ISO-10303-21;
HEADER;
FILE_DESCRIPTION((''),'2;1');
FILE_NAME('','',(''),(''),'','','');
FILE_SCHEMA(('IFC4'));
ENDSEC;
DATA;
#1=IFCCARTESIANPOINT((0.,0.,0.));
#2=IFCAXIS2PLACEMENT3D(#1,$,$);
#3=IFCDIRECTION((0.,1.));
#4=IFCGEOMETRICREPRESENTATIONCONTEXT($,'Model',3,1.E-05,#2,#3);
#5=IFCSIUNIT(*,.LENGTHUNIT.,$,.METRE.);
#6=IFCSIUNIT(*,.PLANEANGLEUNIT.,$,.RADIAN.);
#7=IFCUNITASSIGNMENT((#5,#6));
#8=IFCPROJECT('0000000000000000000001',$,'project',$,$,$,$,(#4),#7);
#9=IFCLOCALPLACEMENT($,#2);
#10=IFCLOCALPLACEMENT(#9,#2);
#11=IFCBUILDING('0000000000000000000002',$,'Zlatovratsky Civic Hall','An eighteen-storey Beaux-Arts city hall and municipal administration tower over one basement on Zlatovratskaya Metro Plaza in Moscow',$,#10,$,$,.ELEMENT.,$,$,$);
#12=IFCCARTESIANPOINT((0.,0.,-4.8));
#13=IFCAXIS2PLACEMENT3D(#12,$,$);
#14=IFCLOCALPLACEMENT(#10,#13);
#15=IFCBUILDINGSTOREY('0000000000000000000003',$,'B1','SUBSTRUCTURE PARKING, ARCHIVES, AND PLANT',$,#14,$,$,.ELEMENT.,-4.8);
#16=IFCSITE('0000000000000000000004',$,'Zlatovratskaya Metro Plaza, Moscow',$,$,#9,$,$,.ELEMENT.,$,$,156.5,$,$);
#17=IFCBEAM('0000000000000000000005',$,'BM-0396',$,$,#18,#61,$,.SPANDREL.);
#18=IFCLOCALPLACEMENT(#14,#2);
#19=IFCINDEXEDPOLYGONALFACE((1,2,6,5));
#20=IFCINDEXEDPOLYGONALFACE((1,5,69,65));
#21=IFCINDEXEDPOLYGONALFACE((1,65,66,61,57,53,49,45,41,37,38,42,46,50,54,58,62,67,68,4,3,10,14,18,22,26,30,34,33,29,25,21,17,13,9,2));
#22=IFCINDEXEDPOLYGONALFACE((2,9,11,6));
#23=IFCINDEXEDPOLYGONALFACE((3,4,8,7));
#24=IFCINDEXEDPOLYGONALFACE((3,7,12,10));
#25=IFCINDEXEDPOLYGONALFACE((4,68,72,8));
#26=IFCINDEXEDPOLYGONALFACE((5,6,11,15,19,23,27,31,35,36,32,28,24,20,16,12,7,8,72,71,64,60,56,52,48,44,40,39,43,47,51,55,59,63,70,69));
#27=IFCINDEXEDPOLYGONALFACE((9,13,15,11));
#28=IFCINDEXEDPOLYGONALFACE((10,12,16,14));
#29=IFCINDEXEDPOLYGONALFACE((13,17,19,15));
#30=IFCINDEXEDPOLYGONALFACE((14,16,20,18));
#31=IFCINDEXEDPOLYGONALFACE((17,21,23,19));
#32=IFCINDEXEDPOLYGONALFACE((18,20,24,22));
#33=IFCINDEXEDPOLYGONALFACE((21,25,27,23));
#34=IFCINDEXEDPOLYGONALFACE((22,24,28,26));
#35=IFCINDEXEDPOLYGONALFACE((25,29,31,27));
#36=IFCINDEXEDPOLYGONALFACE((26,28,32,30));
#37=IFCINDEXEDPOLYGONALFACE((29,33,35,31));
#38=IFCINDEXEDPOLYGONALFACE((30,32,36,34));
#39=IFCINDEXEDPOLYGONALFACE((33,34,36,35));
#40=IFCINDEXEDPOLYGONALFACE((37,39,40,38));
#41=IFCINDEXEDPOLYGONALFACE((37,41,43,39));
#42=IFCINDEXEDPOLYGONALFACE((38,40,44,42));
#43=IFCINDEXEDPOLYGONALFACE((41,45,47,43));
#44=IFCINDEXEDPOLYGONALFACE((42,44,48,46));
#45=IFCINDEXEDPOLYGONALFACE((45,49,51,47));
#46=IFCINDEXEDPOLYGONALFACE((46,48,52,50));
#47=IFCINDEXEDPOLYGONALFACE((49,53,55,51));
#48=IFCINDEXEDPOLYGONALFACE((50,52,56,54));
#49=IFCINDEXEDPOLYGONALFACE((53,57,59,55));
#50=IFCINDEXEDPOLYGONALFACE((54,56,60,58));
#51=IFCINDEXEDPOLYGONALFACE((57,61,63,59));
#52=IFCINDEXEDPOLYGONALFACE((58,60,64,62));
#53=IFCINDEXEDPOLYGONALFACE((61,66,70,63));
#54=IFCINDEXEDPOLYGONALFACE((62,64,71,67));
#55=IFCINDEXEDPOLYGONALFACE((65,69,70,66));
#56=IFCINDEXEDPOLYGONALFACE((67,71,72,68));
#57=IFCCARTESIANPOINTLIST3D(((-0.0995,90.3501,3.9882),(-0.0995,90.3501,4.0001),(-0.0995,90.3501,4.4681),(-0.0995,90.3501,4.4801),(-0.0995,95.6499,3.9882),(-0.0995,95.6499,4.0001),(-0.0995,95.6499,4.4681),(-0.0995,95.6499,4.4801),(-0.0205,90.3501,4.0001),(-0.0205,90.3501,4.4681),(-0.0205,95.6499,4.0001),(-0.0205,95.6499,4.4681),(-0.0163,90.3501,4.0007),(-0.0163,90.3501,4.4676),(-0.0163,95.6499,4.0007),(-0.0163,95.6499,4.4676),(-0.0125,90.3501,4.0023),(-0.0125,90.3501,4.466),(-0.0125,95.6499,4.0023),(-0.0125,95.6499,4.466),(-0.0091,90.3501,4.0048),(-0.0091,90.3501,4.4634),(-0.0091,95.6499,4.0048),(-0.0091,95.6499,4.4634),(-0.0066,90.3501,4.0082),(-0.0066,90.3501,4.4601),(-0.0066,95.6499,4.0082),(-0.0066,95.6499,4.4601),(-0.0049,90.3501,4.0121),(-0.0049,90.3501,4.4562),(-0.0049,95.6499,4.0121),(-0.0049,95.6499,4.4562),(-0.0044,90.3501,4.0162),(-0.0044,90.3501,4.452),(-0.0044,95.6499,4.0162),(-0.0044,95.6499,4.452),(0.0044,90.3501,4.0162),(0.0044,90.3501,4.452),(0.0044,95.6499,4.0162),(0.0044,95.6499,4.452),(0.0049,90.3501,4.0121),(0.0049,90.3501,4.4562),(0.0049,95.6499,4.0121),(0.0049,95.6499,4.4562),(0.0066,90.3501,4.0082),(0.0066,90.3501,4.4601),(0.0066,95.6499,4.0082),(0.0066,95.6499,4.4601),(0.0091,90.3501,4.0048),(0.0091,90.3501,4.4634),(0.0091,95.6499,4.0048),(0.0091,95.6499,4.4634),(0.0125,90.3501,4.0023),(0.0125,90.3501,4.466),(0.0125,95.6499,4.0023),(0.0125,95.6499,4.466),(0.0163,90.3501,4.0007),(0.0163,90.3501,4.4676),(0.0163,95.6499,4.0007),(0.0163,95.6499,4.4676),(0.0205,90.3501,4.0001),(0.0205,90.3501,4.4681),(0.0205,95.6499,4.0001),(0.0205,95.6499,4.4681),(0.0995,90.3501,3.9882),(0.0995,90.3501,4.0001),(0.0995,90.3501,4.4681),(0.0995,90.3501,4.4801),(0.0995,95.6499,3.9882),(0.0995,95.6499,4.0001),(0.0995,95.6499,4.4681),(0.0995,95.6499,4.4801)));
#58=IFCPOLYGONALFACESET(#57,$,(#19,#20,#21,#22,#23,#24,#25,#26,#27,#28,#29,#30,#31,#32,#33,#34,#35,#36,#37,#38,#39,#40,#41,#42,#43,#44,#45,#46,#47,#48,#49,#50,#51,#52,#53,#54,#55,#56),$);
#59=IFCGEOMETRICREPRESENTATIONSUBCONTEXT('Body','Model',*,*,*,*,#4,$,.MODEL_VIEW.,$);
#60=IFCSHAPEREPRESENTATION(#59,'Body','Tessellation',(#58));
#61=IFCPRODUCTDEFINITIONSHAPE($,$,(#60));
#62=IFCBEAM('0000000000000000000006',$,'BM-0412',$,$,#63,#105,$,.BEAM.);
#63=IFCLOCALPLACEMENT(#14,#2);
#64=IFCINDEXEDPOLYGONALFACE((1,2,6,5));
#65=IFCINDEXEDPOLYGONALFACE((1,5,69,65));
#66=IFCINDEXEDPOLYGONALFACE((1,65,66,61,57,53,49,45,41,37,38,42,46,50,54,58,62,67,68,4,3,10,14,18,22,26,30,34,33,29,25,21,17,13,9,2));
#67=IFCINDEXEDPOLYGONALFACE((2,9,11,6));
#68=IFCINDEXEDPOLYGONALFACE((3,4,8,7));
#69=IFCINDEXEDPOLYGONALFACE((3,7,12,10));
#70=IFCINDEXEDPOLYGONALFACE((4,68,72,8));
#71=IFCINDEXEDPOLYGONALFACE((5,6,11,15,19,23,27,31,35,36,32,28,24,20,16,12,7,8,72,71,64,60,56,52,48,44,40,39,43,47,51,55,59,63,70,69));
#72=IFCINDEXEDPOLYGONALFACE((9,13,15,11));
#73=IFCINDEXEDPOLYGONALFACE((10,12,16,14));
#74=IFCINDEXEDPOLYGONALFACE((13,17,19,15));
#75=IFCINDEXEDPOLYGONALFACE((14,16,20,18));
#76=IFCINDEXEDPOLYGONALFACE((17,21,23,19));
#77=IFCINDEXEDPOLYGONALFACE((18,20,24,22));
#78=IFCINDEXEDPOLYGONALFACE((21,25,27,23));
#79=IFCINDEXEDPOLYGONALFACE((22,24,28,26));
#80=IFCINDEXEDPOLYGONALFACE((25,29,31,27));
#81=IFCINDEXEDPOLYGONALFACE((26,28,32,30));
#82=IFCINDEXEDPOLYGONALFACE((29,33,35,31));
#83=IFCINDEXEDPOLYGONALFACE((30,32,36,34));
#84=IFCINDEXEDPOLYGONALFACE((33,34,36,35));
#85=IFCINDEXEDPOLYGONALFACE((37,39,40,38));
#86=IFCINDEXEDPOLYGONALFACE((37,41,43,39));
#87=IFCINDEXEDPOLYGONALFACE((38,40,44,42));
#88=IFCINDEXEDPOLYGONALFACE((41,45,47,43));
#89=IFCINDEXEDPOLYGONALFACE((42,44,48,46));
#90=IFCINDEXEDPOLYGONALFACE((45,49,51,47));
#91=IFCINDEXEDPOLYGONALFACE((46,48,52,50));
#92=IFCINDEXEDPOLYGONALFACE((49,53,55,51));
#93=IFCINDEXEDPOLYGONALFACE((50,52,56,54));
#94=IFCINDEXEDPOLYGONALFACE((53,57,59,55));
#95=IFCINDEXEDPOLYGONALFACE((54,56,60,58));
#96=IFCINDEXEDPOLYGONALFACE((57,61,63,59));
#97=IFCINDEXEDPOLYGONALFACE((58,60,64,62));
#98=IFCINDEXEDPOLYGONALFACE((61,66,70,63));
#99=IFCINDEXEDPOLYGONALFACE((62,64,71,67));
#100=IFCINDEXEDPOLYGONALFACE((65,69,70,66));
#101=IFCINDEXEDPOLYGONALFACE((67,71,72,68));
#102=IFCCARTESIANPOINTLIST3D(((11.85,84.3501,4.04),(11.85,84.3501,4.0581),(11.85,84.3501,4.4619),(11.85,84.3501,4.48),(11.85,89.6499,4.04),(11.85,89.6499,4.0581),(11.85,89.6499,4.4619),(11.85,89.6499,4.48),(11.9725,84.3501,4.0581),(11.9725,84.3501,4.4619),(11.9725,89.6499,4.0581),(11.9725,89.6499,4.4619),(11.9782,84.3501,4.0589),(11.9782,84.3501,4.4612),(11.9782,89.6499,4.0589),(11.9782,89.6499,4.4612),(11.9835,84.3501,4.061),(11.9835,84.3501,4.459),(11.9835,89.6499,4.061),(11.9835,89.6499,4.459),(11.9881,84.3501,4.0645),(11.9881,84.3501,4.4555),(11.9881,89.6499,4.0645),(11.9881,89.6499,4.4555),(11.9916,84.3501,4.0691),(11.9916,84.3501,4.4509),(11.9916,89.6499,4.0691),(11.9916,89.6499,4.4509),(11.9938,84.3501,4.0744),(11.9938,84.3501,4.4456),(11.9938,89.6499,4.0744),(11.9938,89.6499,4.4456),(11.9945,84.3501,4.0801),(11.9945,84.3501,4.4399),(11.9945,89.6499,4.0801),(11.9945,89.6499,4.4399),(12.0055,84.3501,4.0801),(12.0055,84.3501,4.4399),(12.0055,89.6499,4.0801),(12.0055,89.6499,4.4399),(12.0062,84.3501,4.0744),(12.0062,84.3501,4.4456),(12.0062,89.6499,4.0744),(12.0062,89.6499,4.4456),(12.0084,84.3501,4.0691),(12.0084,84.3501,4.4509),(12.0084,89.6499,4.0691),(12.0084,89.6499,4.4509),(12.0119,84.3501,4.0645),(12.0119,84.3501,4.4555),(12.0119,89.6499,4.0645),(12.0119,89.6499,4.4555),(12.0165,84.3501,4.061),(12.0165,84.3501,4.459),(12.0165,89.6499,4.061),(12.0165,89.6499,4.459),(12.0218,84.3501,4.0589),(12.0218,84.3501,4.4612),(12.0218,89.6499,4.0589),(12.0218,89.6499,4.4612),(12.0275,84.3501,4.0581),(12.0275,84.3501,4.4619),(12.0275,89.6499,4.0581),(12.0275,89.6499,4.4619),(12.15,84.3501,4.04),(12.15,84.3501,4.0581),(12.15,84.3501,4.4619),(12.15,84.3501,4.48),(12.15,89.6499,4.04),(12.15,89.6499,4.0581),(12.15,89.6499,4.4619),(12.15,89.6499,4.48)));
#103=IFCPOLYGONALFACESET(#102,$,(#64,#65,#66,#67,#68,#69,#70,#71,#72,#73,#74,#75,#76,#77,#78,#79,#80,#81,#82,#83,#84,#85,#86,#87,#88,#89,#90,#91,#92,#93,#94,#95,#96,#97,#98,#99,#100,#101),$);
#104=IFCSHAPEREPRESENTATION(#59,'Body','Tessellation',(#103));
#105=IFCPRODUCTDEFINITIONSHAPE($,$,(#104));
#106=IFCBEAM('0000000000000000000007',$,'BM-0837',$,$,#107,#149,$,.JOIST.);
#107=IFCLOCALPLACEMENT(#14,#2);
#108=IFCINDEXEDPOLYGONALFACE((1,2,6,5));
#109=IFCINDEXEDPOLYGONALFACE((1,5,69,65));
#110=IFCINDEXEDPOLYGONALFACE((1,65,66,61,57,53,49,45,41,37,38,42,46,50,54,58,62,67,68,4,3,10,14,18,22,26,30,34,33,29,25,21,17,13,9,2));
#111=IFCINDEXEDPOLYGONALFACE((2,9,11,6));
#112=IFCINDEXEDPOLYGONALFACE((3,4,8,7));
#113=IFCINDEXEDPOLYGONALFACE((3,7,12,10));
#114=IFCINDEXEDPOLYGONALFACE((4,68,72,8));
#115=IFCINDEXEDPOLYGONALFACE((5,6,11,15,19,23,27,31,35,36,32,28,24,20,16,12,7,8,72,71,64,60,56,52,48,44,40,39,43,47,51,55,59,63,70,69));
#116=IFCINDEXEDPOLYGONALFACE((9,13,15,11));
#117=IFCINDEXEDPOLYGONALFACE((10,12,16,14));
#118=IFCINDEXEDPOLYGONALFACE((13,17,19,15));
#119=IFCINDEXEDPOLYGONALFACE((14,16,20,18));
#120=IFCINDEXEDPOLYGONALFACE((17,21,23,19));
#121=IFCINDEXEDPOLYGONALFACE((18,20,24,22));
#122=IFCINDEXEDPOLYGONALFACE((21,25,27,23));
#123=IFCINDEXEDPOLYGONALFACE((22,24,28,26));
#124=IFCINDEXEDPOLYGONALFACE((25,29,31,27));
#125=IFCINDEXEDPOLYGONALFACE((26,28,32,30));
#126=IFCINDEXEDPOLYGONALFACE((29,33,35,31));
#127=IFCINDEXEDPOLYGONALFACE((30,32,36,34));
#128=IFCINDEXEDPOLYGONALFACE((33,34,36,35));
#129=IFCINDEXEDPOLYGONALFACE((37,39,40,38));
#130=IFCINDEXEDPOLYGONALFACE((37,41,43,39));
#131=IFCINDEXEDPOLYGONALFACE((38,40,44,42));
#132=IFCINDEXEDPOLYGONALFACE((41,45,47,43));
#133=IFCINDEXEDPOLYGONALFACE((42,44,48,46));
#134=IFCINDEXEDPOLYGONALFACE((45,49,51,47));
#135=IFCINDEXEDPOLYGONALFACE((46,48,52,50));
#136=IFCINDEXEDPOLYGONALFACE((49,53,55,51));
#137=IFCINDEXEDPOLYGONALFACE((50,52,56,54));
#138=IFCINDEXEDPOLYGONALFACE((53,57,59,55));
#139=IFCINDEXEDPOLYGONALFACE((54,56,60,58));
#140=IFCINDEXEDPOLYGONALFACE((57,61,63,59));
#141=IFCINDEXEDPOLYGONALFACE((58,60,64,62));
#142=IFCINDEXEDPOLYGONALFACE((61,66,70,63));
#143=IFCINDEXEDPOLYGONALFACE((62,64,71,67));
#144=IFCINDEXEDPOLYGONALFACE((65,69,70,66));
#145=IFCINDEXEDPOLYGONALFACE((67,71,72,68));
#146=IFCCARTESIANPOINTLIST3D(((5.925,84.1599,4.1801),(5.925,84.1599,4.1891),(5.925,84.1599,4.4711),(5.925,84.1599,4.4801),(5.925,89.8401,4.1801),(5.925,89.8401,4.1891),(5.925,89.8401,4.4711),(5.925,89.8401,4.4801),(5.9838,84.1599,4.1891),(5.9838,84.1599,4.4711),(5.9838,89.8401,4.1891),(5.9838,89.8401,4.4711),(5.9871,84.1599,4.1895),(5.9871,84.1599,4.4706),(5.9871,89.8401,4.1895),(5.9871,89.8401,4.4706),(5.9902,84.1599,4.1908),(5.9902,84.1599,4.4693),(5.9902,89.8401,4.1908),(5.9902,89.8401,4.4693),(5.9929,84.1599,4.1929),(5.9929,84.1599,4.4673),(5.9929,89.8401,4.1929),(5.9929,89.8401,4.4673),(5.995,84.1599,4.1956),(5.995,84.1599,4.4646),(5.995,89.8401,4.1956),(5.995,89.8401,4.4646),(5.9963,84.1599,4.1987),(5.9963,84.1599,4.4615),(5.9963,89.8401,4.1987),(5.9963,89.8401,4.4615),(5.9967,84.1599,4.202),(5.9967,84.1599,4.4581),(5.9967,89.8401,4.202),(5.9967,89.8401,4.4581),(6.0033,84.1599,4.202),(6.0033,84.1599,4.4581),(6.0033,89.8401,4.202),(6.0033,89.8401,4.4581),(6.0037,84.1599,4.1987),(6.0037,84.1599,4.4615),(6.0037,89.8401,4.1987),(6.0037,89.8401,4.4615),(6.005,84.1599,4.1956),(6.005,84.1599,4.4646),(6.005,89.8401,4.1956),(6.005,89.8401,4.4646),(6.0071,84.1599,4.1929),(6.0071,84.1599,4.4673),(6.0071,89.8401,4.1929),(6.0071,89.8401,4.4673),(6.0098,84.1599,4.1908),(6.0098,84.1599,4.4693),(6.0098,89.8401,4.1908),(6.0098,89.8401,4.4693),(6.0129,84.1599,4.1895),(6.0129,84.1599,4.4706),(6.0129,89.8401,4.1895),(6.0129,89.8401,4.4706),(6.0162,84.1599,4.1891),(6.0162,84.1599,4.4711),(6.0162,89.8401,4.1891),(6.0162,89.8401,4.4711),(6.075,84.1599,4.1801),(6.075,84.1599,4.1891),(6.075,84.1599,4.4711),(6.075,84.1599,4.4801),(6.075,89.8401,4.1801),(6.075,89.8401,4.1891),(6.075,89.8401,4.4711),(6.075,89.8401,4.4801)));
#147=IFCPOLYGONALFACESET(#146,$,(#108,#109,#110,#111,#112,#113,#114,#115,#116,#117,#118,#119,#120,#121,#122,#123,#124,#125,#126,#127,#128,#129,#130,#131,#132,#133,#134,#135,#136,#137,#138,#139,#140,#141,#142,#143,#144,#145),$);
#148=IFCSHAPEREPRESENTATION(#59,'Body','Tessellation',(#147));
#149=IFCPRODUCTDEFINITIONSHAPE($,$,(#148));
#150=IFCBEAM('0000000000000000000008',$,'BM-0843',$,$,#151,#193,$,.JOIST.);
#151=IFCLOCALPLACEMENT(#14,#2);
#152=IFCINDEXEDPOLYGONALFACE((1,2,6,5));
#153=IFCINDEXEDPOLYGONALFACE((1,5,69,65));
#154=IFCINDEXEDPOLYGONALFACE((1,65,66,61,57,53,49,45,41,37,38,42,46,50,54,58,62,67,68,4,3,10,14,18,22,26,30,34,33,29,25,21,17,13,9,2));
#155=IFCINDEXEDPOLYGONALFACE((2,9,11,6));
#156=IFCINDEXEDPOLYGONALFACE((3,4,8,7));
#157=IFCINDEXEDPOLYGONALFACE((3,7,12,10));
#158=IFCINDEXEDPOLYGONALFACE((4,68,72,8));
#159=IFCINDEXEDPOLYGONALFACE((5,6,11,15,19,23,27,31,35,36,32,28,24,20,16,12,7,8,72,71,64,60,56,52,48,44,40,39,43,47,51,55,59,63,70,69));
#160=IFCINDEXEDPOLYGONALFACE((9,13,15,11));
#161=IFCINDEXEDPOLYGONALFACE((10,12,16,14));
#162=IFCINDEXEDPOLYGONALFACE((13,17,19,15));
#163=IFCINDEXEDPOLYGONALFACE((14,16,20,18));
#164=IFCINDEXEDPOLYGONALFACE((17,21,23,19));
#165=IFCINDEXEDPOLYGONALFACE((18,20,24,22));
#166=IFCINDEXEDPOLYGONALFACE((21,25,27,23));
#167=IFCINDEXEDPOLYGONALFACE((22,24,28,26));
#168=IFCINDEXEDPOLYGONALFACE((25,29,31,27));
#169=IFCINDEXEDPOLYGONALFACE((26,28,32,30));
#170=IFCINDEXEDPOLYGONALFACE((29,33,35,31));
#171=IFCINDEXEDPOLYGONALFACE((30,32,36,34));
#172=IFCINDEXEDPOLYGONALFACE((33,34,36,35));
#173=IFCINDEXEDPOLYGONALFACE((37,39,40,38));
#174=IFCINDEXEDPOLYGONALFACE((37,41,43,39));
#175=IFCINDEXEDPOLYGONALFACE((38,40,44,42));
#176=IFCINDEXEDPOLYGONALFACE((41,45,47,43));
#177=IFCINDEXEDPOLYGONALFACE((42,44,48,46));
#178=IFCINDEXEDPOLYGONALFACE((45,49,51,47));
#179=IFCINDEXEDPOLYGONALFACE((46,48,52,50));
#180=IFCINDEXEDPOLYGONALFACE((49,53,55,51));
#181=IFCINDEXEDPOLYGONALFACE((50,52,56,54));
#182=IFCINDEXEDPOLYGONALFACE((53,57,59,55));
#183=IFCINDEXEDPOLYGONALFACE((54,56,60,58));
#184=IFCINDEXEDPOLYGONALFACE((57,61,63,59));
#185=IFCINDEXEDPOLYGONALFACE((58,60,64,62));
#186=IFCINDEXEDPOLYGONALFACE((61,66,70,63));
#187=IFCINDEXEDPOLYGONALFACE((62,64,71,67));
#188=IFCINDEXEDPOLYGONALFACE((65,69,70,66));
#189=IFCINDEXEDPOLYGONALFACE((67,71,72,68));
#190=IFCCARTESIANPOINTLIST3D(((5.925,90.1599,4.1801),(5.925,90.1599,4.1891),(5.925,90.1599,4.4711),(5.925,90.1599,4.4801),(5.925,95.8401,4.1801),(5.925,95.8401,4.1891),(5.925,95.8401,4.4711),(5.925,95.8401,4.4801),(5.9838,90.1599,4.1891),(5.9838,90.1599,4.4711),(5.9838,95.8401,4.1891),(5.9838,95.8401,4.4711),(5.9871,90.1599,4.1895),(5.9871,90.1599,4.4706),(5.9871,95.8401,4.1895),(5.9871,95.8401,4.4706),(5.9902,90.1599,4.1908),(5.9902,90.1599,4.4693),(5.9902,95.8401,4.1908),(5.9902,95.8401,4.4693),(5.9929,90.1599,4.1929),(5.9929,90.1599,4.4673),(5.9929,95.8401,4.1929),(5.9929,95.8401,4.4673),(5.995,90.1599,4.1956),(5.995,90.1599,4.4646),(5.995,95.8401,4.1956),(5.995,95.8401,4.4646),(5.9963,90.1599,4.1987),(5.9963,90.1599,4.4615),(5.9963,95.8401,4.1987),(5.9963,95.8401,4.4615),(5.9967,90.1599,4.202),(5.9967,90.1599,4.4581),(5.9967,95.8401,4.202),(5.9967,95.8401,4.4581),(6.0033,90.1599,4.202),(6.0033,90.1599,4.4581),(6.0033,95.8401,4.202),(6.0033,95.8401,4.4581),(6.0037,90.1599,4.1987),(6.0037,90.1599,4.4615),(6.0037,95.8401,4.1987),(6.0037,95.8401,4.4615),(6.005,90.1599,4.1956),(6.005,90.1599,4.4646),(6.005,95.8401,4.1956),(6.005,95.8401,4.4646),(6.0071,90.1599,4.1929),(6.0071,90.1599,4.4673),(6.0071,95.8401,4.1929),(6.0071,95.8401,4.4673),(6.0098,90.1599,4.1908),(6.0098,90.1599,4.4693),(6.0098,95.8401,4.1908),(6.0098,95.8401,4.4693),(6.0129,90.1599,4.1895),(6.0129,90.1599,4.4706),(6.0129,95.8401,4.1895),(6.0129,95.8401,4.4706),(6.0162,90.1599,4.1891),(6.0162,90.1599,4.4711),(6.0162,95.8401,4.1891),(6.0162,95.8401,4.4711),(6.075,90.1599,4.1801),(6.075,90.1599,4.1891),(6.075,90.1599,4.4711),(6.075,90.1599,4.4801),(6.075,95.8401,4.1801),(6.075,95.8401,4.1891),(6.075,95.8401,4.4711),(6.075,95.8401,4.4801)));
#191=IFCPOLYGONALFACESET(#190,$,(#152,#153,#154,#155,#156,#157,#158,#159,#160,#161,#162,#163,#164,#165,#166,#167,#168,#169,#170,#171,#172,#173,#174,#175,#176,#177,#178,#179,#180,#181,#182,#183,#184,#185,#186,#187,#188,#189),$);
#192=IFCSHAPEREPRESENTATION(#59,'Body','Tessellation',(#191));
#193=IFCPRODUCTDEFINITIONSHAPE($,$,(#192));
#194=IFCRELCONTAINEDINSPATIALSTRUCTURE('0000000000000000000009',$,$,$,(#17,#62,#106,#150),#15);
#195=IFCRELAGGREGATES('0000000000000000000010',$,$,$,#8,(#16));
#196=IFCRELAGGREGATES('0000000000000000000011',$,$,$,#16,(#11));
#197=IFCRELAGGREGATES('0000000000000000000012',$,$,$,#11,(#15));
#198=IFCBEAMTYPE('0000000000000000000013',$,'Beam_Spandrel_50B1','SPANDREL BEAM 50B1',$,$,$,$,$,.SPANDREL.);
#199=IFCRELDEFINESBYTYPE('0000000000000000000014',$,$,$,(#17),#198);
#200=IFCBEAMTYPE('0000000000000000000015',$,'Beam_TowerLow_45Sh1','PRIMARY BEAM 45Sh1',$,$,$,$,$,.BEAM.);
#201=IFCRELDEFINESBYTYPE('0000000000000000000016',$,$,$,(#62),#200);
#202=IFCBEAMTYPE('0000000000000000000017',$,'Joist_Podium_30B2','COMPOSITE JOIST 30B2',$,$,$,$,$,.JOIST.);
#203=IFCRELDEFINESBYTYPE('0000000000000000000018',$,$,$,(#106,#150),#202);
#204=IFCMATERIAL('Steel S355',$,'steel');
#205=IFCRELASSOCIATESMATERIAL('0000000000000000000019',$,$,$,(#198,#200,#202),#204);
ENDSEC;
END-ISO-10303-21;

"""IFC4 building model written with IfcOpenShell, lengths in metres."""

from ifc_helpers import new_model, si_unit, direction, frame, origin, origin_2d, place, context, subcontext, project, spatial, i_section, extrude, material, material_profile, profile_set, type_object, element, save


model = new_model("IFC4")

# Units and contexts
model_context = context("Model", 3, precision=1e-05, world=origin(), true_north=direction((0.0, 1.0)))
body_context = subcontext(model_context, "Body", "Model", "MODEL_VIEW")
ifc_project = project(units=[si_unit("LENGTHUNIT", "METRE"), si_unit("PLANEANGLEUNIT", "RADIAN")], contexts=[model_context])

# Site, building, storey
site_placement = place(None, origin())
site = spatial("IfcSite", under=ifc_project, at=site_placement, Name="Zlatovratskaya Metro Plaza, Moscow", CompositionType="ELEMENT", RefElevation=156.5)
building_placement = place(site_placement, origin())
building = spatial("IfcBuilding", under=site, at=building_placement, Name="Zlatovratsky Civic Hall", Description="An eighteen-storey Beaux-Arts city hall and municipal administration tower over one basement on Zlatovratskaya Metro Plaza in Moscow", CompositionType="ELEMENT")
storey_placement = place(building_placement, frame((0.0, 0.0, -4.8)))
storey = spatial("IfcBuildingStorey", under=building, at=storey_placement, Name="B1", Description="SUBSTRUCTURE PARKING, ARCHIVES, AND PLANT", CompositionType="ELEMENT", Elevation=-4.8)

# Beams
ifc_material_1 = material(Name="Steel S355", Category="steel")
ifc_material_profile_1 = material_profile(ifc_material_1, i_section(OverallWidth=0.199, OverallDepth=0.4919, WebThickness=0.0088, FlangeThickness=0.012, FilletRadius=0.0161, at=origin_2d()), Name="50B1")
ifc_profile_set_1 = profile_set([ifc_material_profile_1], Name="Steel S355")
beam_type_1 = type_object("IfcBeamType", Name="Beam_Spandrel_50B1", Description="SPANDREL BEAM 50B1", PredefinedType="SPANDREL", material=ifc_profile_set_1)
for number, where, z_axis, x_axis, name in (
    (1, (0.0, 90.3501, 4.2341), (0.0, 1.0, 0.0), (-1.0, 0.0, 0.0), "BM-0396"),
):
    element("IfcBeam", number, at=place(storey_placement, frame(where, z_axis=z_axis, x_axis=x_axis)), inside=storey, type_object=beam_type_1, Name=name, PredefinedType="SPANDREL", context=body_context, shape_type="SweptSolid", body=[
        extrude(i_section(OverallWidth=0.199, OverallDepth=0.4919, WebThickness=0.0088, FlangeThickness=0.012, FilletRadius=0.0161, at=origin_2d()), origin(), (0.0, 0.0, 1.0), 5.2998),
    ])
ifc_material_profile_2 = material_profile(ifc_material_1, i_section(OverallWidth=0.3, OverallDepth=0.4399, WebThickness=0.011, FlangeThickness=0.0181, FilletRadius=0.022, at=origin_2d()), Name="45Sh1")
ifc_profile_set_2 = profile_set([ifc_material_profile_2], Name="Steel S355")
beam_type_2 = type_object("IfcBeamType", Name="Beam_TowerLow_45Sh1", Description="PRIMARY BEAM 45Sh1", PredefinedType="BEAM", material=ifc_profile_set_2)
beam_placement = place(storey_placement, frame((12.0, 84.3501, 4.26), z_axis=(0.0, 1.0, 0.0), x_axis=(-1.0, 0.0, 0.0)))
element("IfcBeam", 2, at=beam_placement, inside=storey, type_object=beam_type_2, Name="BM-0412", PredefinedType="BEAM", context=body_context, shape_type="SweptSolid", body=[
    extrude(i_section(OverallWidth=0.3, OverallDepth=0.4399, WebThickness=0.011, FlangeThickness=0.0181, FilletRadius=0.022, at=origin_2d()), origin(), (0.0, 0.0, 1.0), 5.2998),
])
ifc_material_profile_3 = material_profile(ifc_material_1, i_section(OverallWidth=0.1499, OverallDepth=0.3, WebThickness=0.0066, FlangeThickness=0.009, FilletRadius=0.0129, at=origin_2d()), Name="30B2")
ifc_profile_set_3 = profile_set([ifc_material_profile_3], Name="Steel S355")
beam_type_3 = type_object("IfcBeamType", Name="Joist_Podium_30B2", Description="COMPOSITE JOIST 30B2", PredefinedType="JOIST", material=ifc_profile_set_3)
for number, where, z_axis, x_axis, name in (
    (3, (6.0, 84.1599, 4.3301), (0.0, 1.0, 0.0), (-1.0, 0.0, 0.0), "BM-0837"),
    (4, (6.0, 90.1599, 4.3301), (0.0, 1.0, 0.0), (-1.0, 0.0, 0.0), "BM-0843"),
):
    element("IfcBeam", number, at=place(storey_placement, frame(where, z_axis=z_axis, x_axis=x_axis)), inside=storey, type_object=beam_type_3, Name=name, PredefinedType="JOIST", context=body_context, shape_type="SweptSolid", body=[
        extrude(i_section(OverallWidth=0.1499, OverallDepth=0.3, WebThickness=0.0066, FlangeThickness=0.009, FilletRadius=0.0129, at=origin_2d()), origin(), (0.0, 0.0, 1.0), 5.6802),
    ])

save(model, "model.ifc")
